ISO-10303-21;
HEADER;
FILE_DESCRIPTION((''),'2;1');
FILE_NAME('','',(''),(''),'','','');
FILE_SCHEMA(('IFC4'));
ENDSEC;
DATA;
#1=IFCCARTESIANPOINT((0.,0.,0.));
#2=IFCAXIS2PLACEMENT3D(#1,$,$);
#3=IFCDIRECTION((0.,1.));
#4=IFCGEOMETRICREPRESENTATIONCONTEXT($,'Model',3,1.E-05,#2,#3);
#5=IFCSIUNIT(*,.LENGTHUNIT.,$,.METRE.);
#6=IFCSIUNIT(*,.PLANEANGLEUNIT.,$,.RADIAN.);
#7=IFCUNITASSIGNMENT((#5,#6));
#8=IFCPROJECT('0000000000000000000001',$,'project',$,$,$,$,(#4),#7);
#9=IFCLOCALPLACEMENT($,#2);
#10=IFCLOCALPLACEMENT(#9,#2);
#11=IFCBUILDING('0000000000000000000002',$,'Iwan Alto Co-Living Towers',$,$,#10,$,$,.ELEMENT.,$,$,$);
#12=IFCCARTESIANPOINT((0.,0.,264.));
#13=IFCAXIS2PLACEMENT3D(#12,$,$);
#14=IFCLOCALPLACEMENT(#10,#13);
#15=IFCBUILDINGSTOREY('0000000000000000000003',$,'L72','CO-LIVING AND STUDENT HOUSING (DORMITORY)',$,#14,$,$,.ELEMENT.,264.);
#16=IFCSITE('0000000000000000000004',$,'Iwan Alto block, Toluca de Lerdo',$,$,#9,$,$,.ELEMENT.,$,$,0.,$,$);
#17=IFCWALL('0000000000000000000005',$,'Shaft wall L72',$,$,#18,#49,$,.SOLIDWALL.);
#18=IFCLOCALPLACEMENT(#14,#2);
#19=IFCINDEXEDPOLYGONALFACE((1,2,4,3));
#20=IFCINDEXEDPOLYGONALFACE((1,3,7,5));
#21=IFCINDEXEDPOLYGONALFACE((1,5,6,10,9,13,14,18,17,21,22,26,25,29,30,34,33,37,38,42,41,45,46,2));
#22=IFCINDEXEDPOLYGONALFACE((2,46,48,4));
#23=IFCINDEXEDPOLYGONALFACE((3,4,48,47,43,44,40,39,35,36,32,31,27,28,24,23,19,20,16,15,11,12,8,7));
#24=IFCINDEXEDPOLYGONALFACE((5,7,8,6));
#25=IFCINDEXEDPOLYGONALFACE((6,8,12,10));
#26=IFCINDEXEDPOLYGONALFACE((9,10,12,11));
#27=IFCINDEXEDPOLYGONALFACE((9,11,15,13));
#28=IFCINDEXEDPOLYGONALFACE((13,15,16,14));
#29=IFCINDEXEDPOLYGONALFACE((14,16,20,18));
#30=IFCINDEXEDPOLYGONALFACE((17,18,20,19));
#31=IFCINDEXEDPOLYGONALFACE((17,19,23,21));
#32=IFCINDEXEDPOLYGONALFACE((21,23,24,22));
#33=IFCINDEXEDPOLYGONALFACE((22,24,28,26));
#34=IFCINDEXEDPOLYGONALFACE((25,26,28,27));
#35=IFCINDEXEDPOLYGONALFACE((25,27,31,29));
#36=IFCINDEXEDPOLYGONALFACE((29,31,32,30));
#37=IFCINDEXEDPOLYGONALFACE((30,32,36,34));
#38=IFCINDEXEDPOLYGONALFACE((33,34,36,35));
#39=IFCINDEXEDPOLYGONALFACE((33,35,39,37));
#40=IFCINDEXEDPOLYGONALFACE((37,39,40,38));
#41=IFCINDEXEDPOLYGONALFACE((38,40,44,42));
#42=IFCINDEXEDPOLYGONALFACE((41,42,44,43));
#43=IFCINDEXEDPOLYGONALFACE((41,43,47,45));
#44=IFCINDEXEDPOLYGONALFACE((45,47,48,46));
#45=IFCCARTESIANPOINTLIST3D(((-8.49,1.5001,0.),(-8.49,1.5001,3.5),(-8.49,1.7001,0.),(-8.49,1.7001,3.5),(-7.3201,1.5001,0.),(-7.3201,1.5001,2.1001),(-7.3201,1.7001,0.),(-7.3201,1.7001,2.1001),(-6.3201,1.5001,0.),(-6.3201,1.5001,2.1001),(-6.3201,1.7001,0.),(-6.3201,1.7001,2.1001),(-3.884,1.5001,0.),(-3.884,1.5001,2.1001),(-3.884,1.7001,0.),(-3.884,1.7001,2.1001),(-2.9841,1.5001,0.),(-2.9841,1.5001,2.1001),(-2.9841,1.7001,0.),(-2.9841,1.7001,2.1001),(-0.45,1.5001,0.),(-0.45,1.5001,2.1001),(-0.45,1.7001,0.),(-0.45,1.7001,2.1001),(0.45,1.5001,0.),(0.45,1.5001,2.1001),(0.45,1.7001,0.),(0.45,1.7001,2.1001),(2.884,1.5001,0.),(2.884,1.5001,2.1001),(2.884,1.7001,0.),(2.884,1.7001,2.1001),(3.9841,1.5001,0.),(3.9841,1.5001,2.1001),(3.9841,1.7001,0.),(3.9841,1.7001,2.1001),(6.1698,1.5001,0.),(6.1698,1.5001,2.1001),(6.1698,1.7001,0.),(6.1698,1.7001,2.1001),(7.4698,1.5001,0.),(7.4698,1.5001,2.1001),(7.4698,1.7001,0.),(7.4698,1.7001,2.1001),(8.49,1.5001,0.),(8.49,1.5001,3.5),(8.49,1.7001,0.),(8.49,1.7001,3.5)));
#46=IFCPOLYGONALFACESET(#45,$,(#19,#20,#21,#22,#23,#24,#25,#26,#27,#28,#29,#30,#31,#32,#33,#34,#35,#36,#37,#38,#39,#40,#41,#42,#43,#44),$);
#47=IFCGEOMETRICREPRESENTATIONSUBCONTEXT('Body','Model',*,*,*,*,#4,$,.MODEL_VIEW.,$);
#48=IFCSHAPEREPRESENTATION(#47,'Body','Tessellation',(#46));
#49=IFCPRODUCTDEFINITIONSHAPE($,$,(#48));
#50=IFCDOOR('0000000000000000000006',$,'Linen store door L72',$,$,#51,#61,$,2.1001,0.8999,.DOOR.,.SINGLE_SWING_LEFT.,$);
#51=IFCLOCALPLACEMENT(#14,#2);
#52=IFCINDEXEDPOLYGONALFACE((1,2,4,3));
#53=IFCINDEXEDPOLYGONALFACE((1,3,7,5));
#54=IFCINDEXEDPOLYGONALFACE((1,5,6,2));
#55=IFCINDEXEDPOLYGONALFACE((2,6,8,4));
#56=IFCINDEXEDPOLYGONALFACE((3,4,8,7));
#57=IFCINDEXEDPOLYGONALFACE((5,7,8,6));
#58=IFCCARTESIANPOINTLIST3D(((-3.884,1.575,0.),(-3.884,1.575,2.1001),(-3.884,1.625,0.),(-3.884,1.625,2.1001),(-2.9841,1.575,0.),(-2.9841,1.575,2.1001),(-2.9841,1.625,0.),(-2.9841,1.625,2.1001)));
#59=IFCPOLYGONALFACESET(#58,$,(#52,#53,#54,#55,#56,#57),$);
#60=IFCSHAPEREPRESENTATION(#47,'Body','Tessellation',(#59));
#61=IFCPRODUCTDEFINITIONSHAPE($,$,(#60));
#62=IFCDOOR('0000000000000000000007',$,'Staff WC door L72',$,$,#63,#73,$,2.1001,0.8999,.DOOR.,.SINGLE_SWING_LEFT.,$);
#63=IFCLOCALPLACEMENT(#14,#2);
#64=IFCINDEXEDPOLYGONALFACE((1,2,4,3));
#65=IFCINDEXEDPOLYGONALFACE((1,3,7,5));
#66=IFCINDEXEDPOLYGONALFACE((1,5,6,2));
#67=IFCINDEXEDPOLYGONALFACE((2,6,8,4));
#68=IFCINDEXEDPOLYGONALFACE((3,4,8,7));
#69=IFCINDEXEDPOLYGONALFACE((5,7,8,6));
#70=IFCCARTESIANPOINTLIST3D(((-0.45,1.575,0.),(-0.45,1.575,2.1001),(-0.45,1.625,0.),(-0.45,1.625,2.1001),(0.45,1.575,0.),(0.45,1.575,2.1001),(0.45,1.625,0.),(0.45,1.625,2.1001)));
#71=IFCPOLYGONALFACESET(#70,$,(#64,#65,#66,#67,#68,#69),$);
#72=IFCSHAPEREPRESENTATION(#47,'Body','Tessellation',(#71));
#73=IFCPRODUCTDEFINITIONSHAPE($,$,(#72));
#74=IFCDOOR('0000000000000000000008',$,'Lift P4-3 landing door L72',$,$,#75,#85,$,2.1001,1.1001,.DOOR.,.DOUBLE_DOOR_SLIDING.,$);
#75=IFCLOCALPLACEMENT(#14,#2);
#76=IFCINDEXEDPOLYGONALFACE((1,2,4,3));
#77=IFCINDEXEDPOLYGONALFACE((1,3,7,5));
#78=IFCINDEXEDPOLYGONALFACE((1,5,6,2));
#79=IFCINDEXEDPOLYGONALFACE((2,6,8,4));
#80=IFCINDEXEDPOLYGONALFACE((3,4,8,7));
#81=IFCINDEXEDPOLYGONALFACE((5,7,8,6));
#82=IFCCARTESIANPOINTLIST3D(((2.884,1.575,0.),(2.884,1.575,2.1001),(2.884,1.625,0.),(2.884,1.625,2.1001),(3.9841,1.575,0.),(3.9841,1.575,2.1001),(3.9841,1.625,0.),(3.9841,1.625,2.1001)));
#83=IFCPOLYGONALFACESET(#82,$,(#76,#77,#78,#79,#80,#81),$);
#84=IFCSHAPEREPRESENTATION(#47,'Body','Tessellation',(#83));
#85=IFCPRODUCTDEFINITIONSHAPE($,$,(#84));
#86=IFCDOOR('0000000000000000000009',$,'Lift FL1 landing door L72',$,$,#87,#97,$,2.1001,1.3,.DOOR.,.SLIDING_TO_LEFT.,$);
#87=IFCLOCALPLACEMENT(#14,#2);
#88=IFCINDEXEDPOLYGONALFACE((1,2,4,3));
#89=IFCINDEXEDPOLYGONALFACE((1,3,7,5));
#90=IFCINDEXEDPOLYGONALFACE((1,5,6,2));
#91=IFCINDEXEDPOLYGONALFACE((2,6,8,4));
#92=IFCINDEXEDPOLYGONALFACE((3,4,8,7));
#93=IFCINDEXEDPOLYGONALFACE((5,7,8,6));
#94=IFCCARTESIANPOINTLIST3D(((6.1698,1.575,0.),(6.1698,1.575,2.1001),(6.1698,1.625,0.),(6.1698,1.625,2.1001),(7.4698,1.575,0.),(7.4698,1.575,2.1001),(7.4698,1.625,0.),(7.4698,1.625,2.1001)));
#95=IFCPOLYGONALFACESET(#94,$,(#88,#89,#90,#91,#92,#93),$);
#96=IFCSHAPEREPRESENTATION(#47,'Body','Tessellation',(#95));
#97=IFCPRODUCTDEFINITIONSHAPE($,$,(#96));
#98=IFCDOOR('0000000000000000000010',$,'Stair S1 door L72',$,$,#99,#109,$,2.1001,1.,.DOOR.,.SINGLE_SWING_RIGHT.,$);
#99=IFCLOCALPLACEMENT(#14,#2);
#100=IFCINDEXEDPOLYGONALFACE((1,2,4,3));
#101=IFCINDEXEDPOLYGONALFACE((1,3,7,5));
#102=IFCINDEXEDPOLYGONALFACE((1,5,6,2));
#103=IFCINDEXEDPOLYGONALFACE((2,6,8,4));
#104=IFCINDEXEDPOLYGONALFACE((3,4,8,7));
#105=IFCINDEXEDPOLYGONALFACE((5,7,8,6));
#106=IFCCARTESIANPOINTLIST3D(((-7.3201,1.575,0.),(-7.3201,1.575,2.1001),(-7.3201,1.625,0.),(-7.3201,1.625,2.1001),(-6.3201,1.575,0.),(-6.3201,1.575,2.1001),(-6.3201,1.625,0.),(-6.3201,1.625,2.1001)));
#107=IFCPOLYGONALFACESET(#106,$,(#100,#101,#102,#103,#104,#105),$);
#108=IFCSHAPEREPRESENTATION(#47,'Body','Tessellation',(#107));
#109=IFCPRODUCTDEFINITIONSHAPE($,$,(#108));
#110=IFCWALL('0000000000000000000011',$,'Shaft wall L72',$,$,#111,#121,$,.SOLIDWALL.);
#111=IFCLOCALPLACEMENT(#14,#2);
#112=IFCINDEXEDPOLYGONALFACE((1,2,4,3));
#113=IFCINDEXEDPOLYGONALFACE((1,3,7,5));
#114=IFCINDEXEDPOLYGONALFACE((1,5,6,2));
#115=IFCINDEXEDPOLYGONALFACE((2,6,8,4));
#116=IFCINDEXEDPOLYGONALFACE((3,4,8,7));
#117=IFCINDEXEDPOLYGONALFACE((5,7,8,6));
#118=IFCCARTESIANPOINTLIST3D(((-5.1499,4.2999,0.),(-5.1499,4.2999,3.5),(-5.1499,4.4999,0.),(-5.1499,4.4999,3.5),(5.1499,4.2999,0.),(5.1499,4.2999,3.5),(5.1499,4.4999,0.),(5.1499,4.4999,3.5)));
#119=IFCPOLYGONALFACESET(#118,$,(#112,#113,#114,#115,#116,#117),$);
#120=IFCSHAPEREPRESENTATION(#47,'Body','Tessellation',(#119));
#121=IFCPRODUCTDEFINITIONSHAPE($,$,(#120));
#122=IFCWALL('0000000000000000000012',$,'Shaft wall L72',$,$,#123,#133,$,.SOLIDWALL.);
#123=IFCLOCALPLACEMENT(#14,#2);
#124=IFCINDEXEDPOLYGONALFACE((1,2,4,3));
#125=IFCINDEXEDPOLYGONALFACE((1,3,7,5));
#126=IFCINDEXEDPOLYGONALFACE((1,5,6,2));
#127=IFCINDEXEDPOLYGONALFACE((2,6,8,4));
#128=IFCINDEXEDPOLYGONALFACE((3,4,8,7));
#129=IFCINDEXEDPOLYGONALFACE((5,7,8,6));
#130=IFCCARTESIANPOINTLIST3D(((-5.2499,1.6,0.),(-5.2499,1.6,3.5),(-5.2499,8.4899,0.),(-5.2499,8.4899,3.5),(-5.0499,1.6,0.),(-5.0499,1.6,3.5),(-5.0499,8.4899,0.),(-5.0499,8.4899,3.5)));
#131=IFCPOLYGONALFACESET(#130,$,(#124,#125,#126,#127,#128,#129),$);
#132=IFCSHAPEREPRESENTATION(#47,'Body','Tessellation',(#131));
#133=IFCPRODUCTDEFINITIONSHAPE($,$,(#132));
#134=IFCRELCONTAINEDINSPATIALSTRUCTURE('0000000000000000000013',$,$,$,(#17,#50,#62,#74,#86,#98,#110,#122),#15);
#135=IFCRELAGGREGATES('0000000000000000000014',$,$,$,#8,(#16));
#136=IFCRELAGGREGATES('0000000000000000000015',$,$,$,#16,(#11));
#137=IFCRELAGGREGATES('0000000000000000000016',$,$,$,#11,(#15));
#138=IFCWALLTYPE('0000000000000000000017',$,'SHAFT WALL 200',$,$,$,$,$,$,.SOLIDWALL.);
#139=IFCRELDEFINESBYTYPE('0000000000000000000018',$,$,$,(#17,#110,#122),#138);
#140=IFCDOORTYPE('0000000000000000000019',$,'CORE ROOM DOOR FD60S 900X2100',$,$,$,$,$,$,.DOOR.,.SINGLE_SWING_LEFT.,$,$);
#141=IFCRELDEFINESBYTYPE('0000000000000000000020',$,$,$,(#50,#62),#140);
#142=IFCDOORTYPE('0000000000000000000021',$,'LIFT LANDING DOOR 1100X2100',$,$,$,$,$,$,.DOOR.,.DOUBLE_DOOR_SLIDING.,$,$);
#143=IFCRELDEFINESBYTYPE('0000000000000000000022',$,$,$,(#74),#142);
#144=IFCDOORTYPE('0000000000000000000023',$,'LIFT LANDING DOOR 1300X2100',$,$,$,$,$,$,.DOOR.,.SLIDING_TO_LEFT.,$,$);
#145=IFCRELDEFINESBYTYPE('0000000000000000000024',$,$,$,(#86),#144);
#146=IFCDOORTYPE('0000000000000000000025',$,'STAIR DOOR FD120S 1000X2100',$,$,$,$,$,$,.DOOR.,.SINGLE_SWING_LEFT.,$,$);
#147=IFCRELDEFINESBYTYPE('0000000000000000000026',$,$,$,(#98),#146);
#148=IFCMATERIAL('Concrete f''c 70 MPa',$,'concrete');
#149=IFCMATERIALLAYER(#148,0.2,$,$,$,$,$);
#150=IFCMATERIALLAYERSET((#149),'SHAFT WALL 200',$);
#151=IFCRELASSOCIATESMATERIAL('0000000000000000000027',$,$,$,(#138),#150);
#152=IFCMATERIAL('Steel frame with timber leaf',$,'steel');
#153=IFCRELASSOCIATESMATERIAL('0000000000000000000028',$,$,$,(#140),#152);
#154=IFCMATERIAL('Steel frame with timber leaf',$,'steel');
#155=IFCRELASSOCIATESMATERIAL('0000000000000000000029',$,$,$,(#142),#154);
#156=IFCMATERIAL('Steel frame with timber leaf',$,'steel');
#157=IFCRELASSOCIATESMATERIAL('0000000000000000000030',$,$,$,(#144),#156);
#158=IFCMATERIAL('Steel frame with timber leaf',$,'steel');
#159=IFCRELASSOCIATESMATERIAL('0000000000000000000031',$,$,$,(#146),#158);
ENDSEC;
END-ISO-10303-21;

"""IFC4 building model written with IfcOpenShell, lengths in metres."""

from ifc_helpers import new_model, si_unit, direction, frame, frame_2d, origin, place, context, subcontext, project, spatial, rectangle, extrude, material, layer, layer_set, type_object, element, fill, save


model = new_model("IFC4")

# Units and contexts
model_context = context("Model", 3, precision=1e-05, world=origin(), true_north=direction((0.0, 1.0)))
body_context = subcontext(model_context, "Body", "Model", "MODEL_VIEW")
ifc_project = project(units=[si_unit("LENGTHUNIT", "METRE"), si_unit("PLANEANGLEUNIT", "RADIAN")], contexts=[model_context])

# Site, building, storey
site_placement = place(None, origin())
site = spatial("IfcSite", under=ifc_project, at=site_placement, Name="Iwan Alto block, Toluca de Lerdo", CompositionType="ELEMENT", RefElevation=0.0)
building_placement = place(site_placement, origin())
building = spatial("IfcBuilding", under=site, at=building_placement, Name="Iwan Alto Co-Living Towers", CompositionType="ELEMENT")
storey_placement = place(building_placement, frame((0.0, 0.0, 264.0)))
storey = spatial("IfcBuildingStorey", under=building, at=storey_placement, Name="L72", Description="CO-LIVING AND STUDENT HOUSING (DORMITORY)", CompositionType="ELEMENT", Elevation=264.0)

# Wall, openings, doors
ifc_material_1 = material(Name="Concrete f'c 70 MPa", Category="concrete")
ifc_layer_1 = layer(ifc_material_1, 0.2)
ifc_layer_set_1 = layer_set([ifc_layer_1], Name="SHAFT WALL 200")
wall_type_1 = type_object("IfcWallType", Name="SHAFT WALL 200", PredefinedType="SOLIDWALL", material=ifc_layer_set_1)
wall_1_placement = place(storey_placement, frame((-8.49, 1.6001, 0.0), z_axis=(0.0, 0.0, 1.0), x_axis=(1.0, 0.0, 0.0)))
wall_1 = element("IfcWall", 1, at=wall_1_placement, inside=storey, type_object=wall_type_1, Name="Shaft wall L72", PredefinedType="SOLIDWALL", context=body_context, shape_type="SweptSolid", body=[
    extrude(rectangle(XDim=16.98, YDim=0.2, at=frame_2d((8.49, 0.0))), origin(), (0.0, 0.0, 1.0), 3.5),
])
opening_1_placement = place(wall_1_placement, frame((1.1699, 0.0, 0.0)))
opening_1 = element("IfcOpeningElement", 2, at=opening_1_placement, cuts=wall_1, PredefinedType="OPENING", context=body_context, shape_type="SweptSolid", body=[
    extrude(rectangle(XDim=1.0, YDim=2.1001, at=frame_2d((0.5, 1.05))), frame((0.0, 0.1099, 0.0), z_axis=(0.0, -1.0, 0.0), x_axis=(1.0, 0.0, 0.0)), (0.0, 0.0, 1.0), 0.22),
])
opening_2_placement = place(wall_1_placement, frame((4.606, 0.0, 0.0)))
opening_2 = element("IfcOpeningElement", 3, at=opening_2_placement, cuts=wall_1, PredefinedType="OPENING", context=body_context, shape_type="SweptSolid", body=[
    extrude(rectangle(XDim=0.8999, YDim=2.1001, at=frame_2d((0.45, 1.05))), frame((0.0, 0.1099, 0.0), z_axis=(0.0, -1.0, 0.0), x_axis=(1.0, 0.0, 0.0)), (0.0, 0.0, 1.0), 0.22),
])
opening_3_placement = place(wall_1_placement, frame((8.04, 0.0, 0.0)))
opening_3 = element("IfcOpeningElement", 4, at=opening_3_placement, cuts=wall_1, PredefinedType="OPENING", context=body_context, shape_type="SweptSolid", body=[
    extrude(rectangle(XDim=0.8999, YDim=2.1001, at=frame_2d((0.45, 1.05))), frame((0.0, 0.1099, 0.0), z_axis=(0.0, -1.0, 0.0), x_axis=(1.0, 0.0, 0.0)), (0.0, 0.0, 1.0), 0.22),
])
opening_4_placement = place(wall_1_placement, frame((11.374, 0.0, 0.0)))
opening_4 = element("IfcOpeningElement", 5, at=opening_4_placement, cuts=wall_1, PredefinedType="OPENING", context=body_context, shape_type="SweptSolid", body=[
    extrude(rectangle(XDim=1.1001, YDim=2.1001, at=frame_2d((0.55, 1.05))), frame((0.0, 0.1099, 0.0), z_axis=(0.0, -1.0, 0.0), x_axis=(1.0, 0.0, 0.0)), (0.0, 0.0, 1.0), 0.22),
])
opening_5_placement = place(wall_1_placement, frame((14.6599, 0.0, 0.0)))
opening_5 = element("IfcOpeningElement", 6, at=opening_5_placement, cuts=wall_1, PredefinedType="OPENING", context=body_context, shape_type="SweptSolid", body=[
    extrude(rectangle(XDim=1.3, YDim=2.1001, at=frame_2d((0.6499, 1.05))), frame((0.0, 0.1099, 0.0), z_axis=(0.0, -1.0, 0.0), x_axis=(1.0, 0.0, 0.0)), (0.0, 0.0, 1.0), 0.22),
])
ifc_material_2 = material(Name="Steel frame with timber leaf", Category="steel")
door_type_1 = type_object("IfcDoorType", Name="CORE ROOM DOOR FD60S 900X2100", OperationType="SINGLE_SWING_LEFT", PredefinedType="DOOR", material=ifc_material_2)
door_1_placement = place(opening_2_placement, origin())
door_1 = element("IfcDoor", 7, at=door_1_placement, inside=storey, type_object=door_type_1, Name="Linen store door L72", OperationType="SINGLE_SWING_LEFT", OverallHeight=2.1001, OverallWidth=0.8999, PredefinedType="DOOR", context=body_context, shape_type="SweptSolid", body=[
    extrude(rectangle(XDim=0.8999, YDim=2.1001, at=frame_2d((0.45, 1.05))), frame((0.0, 0.0249, 0.0), z_axis=(0.0, -1.0, 0.0), x_axis=(1.0, 0.0, 0.0)), (0.0, 0.0, 1.0), 0.05),
])
fill(opening_2, door_1)
door_2_placement = place(opening_3_placement, origin())
door_2 = element("IfcDoor", 8, at=door_2_placement, inside=storey, type_object=door_type_1, Name="Staff WC door L72", OperationType="SINGLE_SWING_LEFT", OverallHeight=2.1001, OverallWidth=0.8999, PredefinedType="DOOR", context=body_context, shape_type="SweptSolid", body=[
    extrude(rectangle(XDim=0.8999, YDim=2.1001, at=frame_2d((0.45, 1.05))), frame((0.0, 0.0249, 0.0), z_axis=(0.0, -1.0, 0.0), x_axis=(1.0, 0.0, 0.0)), (0.0, 0.0, 1.0), 0.05),
])
fill(opening_3, door_2)
ifc_material_3 = material(Name="Steel frame with timber leaf", Category="steel")
door_type_2 = type_object("IfcDoorType", Name="LIFT LANDING DOOR 1100X2100", OperationType="DOUBLE_DOOR_SLIDING", PredefinedType="DOOR", material=ifc_material_3)
door_3_placement = place(opening_4_placement, origin())
door_3 = element("IfcDoor", 9, at=door_3_placement, inside=storey, type_object=door_type_2, Name="Lift P4-3 landing door L72", OperationType="DOUBLE_DOOR_SLIDING", OverallHeight=2.1001, OverallWidth=1.1001, PredefinedType="DOOR", context=body_context, shape_type="SweptSolid", body=[
    extrude(rectangle(XDim=1.1001, YDim=2.1001, at=frame_2d((0.55, 1.05))), frame((0.0, 0.0249, 0.0), z_axis=(0.0, -1.0, 0.0), x_axis=(1.0, 0.0, 0.0)), (0.0, 0.0, 1.0), 0.05),
])
fill(opening_4, door_3)
ifc_material_4 = material(Name="Steel frame with timber leaf", Category="steel")
door_type_3 = type_object("IfcDoorType", Name="LIFT LANDING DOOR 1300X2100", OperationType="SLIDING_TO_LEFT", PredefinedType="DOOR", material=ifc_material_4)
door_4_placement = place(opening_5_placement, origin())
door_4 = element("IfcDoor", 10, at=door_4_placement, inside=storey, type_object=door_type_3, Name="Lift FL1 landing door L72", OperationType="SLIDING_TO_LEFT", OverallHeight=2.1001, OverallWidth=1.3, PredefinedType="DOOR", context=body_context, shape_type="SweptSolid", body=[
    extrude(rectangle(XDim=1.3, YDim=2.1001, at=frame_2d((0.6499, 1.05))), frame((0.0, 0.0249, 0.0), z_axis=(0.0, -1.0, 0.0), x_axis=(1.0, 0.0, 0.0)), (0.0, 0.0, 1.0), 0.05),
])
fill(opening_5, door_4)
ifc_material_5 = material(Name="Steel frame with timber leaf", Category="steel")
door_type_4 = type_object("IfcDoorType", Name="STAIR DOOR FD120S 1000X2100", OperationType="SINGLE_SWING_LEFT", PredefinedType="DOOR", material=ifc_material_5)
door_5_placement = place(opening_1_placement, origin())
door_5 = element("IfcDoor", 11, at=door_5_placement, inside=storey, type_object=door_type_4, Name="Stair S1 door L72", OperationType="SINGLE_SWING_RIGHT", OverallHeight=2.1001, OverallWidth=1.0, PredefinedType="DOOR", context=body_context, shape_type="SweptSolid", body=[
    extrude(rectangle(XDim=1.0, YDim=2.1001, at=frame_2d((0.5, 1.05))), frame((0.0, 0.0249, 0.0), z_axis=(0.0, -1.0, 0.0), x_axis=(1.0, 0.0, 0.0)), (0.0, 0.0, 1.0), 0.05),
])
fill(opening_1, door_5)

# Walls
wall_2_placement = place(storey_placement, frame((-5.1499, 4.3999, 0.0), z_axis=(0.0, 0.0, 1.0), x_axis=(1.0, 0.0, 0.0)))
element("IfcWall", 12, at=wall_2_placement, inside=storey, type_object=wall_type_1, Name="Shaft wall L72", PredefinedType="SOLIDWALL", context=body_context, shape_type="SweptSolid", body=[
    extrude(rectangle(XDim=10.2998, YDim=0.2, at=frame_2d((5.1499, 0.0))), origin(), (0.0, 0.0, 1.0), 3.5),
])
wall_3_placement = place(storey_placement, frame((-5.1499, 1.6001, 0.0), z_axis=(0.0, 0.0, 1.0), x_axis=(0.0, 1.0, 0.0)))
element("IfcWall", 13, at=wall_3_placement, inside=storey, type_object=wall_type_1, Name="Shaft wall L72", PredefinedType="SOLIDWALL", context=body_context, shape_type="SweptSolid", body=[
    extrude(rectangle(XDim=6.8899, YDim=0.2, at=frame_2d((3.4448, 0.0))), origin(), (0.0, 0.0, 1.0), 3.5),
])

save(model, "model.ifc")
